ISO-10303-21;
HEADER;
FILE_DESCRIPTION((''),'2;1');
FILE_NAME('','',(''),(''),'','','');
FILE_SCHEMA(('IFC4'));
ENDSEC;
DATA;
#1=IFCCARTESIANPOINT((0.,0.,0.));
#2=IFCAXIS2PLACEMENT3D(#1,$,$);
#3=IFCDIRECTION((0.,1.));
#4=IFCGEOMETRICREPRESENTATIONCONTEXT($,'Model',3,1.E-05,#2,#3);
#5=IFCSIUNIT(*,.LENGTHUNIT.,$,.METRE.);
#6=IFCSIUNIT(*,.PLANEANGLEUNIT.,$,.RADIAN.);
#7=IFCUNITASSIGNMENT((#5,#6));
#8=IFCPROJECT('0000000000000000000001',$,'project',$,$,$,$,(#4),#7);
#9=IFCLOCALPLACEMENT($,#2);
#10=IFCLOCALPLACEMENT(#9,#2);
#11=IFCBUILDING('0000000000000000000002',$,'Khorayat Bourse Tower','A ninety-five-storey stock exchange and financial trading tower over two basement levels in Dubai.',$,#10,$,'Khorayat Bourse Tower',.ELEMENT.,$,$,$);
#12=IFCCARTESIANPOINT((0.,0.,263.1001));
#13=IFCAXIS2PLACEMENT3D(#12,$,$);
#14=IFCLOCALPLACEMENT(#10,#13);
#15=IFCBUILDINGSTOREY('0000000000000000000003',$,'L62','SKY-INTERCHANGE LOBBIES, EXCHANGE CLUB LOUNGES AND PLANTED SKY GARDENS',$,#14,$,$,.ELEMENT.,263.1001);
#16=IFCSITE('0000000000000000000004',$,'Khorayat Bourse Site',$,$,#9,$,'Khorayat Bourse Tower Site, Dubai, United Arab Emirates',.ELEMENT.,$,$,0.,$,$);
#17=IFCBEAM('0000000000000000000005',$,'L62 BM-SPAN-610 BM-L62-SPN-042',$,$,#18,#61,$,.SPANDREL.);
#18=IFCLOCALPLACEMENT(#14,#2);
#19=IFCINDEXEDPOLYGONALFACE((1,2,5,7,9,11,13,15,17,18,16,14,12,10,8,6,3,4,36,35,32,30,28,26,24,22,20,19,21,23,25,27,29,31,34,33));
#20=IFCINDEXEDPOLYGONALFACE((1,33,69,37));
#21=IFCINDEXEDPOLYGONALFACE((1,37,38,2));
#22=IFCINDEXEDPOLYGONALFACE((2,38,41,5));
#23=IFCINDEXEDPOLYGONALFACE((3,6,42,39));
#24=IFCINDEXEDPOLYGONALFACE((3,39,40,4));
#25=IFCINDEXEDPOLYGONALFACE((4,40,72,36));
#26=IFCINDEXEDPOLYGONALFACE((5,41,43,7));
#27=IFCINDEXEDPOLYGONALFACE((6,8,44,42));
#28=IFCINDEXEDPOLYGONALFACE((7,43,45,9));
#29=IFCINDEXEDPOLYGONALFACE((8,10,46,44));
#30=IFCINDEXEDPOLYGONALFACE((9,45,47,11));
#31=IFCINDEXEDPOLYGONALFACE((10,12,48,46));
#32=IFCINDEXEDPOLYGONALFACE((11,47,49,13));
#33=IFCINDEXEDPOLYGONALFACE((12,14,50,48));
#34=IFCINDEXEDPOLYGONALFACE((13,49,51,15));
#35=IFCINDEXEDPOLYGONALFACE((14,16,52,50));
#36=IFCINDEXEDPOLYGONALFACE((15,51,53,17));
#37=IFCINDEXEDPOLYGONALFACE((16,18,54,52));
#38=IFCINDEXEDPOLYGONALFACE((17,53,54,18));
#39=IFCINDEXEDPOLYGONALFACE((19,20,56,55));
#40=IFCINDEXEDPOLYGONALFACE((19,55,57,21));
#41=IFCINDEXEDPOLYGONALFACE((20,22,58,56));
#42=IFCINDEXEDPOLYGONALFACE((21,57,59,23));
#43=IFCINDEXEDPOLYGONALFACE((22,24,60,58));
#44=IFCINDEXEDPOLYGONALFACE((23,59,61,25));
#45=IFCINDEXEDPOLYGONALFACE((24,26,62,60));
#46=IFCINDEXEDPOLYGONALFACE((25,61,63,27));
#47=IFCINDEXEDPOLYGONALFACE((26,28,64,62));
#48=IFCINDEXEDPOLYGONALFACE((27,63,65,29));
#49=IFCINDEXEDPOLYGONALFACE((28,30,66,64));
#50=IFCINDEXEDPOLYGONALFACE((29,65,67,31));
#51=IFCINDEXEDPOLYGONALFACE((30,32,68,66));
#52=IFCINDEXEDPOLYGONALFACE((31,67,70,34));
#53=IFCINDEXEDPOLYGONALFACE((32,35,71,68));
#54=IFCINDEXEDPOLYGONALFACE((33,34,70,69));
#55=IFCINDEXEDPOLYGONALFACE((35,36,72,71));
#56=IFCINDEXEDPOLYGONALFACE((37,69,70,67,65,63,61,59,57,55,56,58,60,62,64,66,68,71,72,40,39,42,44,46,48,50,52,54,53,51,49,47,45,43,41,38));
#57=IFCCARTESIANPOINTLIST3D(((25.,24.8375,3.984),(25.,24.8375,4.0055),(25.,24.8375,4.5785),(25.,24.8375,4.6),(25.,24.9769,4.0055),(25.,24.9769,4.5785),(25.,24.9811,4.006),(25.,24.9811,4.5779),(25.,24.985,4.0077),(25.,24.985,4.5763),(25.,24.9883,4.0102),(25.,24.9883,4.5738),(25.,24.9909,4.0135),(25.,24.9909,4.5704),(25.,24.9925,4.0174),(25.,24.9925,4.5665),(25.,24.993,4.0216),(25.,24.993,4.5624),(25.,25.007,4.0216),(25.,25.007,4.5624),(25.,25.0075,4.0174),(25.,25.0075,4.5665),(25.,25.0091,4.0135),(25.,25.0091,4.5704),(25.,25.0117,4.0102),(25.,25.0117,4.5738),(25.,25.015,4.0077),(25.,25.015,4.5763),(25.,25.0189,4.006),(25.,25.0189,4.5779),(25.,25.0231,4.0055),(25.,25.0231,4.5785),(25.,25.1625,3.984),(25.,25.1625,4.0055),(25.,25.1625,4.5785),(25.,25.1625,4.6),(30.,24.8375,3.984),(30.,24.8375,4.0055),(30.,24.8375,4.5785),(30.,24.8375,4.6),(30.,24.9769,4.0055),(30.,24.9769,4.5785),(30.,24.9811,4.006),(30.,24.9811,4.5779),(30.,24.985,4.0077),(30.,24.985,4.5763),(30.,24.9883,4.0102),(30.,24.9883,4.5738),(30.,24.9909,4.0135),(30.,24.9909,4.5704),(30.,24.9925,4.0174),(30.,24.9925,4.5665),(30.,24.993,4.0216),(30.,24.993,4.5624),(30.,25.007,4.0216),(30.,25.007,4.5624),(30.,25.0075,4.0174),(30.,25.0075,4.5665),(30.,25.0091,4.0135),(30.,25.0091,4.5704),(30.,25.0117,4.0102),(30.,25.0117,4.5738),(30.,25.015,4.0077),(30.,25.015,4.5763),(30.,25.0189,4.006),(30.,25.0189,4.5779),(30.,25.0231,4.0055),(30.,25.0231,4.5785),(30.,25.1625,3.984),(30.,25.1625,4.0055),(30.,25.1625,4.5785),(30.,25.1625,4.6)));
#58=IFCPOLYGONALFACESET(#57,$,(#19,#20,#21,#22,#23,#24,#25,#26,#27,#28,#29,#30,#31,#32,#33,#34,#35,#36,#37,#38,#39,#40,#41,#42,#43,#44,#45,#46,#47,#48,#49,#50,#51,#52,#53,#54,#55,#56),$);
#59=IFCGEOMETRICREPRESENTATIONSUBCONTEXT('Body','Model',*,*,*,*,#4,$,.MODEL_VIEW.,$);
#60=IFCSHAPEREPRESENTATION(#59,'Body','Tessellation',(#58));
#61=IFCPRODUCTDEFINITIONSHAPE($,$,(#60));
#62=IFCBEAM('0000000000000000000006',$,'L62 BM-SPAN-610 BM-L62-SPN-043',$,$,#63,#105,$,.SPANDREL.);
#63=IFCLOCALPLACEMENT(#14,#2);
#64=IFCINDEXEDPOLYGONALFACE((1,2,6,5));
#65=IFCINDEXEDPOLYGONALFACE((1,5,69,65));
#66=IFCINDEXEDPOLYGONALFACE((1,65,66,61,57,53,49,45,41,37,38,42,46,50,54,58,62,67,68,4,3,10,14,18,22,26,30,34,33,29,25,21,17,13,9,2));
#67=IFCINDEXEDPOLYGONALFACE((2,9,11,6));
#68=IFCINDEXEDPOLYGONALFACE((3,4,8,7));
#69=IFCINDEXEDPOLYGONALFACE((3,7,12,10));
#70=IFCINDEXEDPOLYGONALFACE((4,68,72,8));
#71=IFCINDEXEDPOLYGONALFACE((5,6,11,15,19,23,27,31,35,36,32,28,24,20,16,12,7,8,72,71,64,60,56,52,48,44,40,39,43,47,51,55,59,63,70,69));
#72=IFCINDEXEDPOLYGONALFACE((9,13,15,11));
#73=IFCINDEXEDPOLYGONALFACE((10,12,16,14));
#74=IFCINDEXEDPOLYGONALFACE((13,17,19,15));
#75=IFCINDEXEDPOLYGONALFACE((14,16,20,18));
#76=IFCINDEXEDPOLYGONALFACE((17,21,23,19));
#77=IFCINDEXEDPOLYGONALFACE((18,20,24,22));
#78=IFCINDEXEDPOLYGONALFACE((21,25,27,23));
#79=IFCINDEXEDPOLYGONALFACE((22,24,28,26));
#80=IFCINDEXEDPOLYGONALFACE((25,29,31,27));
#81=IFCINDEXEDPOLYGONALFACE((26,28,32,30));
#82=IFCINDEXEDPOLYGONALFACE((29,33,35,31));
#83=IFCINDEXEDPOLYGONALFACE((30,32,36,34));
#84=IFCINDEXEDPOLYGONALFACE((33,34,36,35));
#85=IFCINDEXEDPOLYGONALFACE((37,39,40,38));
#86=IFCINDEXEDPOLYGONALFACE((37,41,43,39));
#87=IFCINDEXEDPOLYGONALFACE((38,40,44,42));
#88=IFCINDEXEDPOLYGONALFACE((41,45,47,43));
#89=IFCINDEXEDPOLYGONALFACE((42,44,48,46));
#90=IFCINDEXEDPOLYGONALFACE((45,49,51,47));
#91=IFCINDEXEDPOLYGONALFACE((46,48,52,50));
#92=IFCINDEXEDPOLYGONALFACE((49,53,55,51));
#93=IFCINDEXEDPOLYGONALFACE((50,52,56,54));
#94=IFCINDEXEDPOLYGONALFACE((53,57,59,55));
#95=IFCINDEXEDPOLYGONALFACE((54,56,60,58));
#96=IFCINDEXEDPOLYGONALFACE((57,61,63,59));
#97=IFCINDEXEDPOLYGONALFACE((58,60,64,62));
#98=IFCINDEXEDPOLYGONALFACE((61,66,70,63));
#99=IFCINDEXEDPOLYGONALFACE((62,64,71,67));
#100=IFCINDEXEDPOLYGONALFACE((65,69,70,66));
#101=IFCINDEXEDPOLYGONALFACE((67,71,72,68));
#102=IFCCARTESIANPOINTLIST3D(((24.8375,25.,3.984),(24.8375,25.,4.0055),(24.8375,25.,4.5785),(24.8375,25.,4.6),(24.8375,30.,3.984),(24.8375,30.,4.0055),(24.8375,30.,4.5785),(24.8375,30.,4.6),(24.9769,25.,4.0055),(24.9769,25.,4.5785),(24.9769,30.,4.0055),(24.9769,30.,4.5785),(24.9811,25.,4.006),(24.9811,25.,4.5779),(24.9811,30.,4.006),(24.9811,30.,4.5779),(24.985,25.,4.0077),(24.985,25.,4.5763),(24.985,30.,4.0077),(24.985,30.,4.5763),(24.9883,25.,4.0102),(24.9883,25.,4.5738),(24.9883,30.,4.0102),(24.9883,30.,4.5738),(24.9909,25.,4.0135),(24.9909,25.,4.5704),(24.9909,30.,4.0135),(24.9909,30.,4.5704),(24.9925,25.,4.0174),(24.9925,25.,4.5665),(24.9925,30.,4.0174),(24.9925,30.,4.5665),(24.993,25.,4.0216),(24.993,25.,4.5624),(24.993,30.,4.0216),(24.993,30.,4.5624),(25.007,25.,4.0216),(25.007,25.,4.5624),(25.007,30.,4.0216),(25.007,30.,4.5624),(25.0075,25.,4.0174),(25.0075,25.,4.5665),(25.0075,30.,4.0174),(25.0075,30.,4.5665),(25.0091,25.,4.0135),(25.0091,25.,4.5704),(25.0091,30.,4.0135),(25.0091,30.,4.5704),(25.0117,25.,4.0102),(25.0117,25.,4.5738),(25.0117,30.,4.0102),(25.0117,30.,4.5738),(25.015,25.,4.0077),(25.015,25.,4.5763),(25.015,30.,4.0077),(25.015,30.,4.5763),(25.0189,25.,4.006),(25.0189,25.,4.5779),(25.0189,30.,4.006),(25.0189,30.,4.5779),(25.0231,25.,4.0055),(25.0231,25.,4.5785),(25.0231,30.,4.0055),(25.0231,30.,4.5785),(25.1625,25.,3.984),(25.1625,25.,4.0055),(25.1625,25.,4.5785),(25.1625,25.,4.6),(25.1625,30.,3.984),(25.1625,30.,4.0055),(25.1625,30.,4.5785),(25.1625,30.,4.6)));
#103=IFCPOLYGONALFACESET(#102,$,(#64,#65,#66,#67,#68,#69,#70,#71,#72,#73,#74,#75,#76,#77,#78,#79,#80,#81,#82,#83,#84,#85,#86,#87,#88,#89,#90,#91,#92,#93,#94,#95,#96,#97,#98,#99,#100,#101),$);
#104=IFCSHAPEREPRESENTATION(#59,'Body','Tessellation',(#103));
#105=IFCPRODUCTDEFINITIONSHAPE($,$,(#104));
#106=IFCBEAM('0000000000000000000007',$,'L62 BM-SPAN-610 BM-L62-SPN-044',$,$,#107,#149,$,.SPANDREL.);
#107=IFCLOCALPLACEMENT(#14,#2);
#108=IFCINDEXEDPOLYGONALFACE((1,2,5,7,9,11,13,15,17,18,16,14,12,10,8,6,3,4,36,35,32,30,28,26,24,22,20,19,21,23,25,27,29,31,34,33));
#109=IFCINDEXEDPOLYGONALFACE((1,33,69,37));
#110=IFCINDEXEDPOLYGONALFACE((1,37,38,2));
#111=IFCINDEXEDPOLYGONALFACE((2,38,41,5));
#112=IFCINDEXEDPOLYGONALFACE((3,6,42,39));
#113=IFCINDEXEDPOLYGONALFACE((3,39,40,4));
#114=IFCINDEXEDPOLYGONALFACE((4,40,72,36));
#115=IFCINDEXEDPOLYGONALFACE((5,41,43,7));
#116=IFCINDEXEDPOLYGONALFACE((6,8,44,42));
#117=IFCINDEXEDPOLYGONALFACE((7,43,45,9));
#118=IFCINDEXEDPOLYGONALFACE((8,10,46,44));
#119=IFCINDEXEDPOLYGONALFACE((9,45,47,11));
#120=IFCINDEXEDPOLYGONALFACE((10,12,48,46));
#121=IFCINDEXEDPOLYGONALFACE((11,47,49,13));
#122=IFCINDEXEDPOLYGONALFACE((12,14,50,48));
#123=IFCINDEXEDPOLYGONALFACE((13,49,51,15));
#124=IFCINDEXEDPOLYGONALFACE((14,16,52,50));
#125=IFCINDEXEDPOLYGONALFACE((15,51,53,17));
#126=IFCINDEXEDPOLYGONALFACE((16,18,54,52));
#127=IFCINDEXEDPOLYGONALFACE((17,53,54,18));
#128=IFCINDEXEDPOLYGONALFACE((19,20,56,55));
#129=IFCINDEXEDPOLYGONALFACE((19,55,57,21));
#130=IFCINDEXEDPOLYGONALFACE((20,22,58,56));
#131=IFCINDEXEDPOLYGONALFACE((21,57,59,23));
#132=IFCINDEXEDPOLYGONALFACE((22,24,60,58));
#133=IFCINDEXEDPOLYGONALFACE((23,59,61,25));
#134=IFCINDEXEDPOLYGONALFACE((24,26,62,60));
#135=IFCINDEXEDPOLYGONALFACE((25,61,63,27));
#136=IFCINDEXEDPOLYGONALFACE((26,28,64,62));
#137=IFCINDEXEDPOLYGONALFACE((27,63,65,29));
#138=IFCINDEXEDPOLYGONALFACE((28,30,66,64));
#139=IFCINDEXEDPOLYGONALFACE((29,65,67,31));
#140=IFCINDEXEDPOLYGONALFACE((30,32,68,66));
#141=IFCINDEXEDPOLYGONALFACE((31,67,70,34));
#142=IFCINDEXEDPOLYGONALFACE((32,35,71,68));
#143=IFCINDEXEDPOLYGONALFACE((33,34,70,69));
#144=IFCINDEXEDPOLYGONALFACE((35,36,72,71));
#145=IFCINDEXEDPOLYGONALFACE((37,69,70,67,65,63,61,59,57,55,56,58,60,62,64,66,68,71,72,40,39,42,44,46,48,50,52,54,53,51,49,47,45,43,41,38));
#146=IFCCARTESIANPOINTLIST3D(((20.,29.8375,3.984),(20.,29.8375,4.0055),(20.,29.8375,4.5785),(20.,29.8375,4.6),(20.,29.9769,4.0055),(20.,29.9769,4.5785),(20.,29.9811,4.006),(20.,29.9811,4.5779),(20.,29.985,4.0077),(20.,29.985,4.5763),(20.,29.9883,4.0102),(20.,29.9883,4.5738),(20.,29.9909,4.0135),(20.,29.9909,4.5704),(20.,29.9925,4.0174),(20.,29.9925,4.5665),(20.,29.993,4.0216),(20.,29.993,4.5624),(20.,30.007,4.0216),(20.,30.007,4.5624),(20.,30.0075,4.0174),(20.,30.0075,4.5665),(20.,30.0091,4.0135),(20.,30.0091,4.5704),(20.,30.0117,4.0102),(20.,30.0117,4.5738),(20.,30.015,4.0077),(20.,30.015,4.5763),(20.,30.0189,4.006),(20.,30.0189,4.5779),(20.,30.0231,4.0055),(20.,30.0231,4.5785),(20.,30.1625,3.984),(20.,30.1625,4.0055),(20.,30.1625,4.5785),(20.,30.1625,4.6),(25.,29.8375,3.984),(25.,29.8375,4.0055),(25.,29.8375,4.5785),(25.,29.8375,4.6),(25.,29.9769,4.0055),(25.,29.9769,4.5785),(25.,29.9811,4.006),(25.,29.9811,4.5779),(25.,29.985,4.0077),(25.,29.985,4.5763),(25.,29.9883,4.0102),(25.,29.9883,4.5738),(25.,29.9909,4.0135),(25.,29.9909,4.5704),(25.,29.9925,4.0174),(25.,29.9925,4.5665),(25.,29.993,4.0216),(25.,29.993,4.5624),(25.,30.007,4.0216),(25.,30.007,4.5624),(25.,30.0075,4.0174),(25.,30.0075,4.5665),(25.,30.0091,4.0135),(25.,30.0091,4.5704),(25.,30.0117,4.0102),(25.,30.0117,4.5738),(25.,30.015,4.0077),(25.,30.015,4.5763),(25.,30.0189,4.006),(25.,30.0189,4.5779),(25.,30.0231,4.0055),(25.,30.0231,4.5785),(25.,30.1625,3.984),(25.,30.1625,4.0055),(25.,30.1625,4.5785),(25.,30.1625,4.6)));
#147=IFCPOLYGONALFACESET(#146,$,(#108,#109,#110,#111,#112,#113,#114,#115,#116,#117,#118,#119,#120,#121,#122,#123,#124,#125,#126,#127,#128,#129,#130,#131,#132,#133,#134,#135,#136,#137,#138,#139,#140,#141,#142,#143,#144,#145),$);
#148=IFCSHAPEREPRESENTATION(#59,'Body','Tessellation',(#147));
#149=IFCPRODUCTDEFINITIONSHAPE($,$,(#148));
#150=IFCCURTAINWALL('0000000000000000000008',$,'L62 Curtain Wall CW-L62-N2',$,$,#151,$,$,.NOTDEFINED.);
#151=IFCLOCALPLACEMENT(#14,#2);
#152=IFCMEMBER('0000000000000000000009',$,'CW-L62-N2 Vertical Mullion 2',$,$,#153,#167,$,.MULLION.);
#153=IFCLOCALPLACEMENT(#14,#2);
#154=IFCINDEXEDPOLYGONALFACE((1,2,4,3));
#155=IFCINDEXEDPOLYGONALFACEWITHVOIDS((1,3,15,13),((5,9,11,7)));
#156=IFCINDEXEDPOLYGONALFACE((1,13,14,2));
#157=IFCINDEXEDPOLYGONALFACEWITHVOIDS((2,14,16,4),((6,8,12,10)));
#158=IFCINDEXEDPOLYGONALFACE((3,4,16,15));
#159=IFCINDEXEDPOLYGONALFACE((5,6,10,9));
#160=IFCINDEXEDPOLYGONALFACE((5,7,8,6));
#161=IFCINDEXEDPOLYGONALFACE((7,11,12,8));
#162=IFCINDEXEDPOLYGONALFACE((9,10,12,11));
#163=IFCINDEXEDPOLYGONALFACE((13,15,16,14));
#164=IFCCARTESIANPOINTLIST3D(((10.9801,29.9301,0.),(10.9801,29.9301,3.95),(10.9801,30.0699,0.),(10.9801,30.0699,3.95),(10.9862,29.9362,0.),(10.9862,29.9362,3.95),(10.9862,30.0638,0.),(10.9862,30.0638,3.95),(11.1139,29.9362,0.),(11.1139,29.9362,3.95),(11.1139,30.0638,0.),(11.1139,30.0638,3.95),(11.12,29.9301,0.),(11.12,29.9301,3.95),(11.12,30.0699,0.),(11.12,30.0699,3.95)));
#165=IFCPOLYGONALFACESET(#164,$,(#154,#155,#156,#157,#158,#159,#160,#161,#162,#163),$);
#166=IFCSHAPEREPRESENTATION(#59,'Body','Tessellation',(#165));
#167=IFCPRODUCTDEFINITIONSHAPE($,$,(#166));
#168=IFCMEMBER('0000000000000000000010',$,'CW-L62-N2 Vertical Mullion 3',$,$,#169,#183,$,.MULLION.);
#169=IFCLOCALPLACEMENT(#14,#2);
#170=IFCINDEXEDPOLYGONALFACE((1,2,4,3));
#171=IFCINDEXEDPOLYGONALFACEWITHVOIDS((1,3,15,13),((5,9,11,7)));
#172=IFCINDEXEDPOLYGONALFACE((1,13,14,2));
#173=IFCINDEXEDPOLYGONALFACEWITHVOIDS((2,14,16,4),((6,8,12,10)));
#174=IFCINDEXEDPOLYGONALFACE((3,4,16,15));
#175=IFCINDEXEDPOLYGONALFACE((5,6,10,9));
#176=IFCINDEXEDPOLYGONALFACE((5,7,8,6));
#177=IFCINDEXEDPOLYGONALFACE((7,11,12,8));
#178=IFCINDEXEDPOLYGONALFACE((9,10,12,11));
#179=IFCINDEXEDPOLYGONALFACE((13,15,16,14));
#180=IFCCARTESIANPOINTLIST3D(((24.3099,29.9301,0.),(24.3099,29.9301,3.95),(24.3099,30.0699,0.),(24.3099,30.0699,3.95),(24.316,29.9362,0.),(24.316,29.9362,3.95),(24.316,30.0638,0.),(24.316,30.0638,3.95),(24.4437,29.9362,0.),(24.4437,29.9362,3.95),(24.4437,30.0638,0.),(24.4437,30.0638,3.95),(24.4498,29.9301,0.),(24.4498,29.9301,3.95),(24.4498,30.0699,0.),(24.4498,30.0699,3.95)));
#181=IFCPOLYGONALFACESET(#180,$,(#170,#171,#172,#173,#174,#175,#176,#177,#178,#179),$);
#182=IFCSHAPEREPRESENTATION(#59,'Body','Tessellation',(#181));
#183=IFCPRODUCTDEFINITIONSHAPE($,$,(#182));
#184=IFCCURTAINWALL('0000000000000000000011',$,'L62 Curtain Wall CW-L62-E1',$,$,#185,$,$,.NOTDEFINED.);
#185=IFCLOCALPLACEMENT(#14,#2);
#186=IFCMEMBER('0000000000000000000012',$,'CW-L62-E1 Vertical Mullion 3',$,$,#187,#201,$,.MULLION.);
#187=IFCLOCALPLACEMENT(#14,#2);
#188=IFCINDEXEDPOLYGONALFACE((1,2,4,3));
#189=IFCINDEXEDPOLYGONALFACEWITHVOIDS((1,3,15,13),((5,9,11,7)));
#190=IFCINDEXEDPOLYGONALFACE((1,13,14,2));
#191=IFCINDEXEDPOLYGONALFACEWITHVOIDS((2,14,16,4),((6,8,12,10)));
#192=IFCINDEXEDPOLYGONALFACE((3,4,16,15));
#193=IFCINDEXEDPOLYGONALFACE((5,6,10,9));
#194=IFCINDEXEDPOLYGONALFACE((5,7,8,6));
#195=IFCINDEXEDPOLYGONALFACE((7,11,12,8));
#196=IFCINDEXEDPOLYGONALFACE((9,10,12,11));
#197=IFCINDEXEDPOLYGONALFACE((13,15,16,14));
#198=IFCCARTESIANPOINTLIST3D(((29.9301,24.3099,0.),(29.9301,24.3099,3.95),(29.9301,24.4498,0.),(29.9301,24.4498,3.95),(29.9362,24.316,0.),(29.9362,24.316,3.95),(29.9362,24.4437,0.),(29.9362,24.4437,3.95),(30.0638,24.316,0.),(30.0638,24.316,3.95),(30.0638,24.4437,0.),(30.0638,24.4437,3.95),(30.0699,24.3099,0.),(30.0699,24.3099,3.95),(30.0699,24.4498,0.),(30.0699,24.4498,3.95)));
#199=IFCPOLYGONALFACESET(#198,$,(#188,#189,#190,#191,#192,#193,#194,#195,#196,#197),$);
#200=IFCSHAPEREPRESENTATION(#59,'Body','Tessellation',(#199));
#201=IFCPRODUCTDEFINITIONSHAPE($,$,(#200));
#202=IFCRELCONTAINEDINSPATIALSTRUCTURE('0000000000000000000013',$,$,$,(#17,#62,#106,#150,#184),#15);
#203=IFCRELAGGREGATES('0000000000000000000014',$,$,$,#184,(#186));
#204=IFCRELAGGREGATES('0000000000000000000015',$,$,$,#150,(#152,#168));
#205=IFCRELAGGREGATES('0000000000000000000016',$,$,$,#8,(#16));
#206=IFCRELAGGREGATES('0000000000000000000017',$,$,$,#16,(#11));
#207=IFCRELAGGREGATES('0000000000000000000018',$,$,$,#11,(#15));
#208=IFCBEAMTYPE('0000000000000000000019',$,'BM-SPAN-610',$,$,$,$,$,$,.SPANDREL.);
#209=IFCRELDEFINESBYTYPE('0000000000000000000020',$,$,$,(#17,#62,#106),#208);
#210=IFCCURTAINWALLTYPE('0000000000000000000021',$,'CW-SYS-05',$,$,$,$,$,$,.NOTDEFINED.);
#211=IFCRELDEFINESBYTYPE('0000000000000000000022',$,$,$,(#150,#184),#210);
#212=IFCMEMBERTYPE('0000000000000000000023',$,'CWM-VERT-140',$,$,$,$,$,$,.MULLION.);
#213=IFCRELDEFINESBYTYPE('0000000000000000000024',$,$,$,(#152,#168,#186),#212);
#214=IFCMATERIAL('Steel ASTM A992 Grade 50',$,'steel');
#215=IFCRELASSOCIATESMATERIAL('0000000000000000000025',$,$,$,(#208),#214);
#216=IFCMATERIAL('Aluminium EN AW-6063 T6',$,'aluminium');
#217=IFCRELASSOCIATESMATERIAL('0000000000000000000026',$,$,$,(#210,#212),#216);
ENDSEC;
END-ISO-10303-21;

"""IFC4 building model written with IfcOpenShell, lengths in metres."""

from ifc_helpers import new_model, si_unit, direction, frame, origin, origin_2d, place, context, subcontext, project, spatial, hollow_rectangle, i_section, extrude, source, transform, mapped, material, material_profile, profile_set, type_object, element, aggregate, save


model = new_model("IFC4")

# Units and contexts
model_context = context("Model", 3, precision=1e-05, world=origin(), true_north=direction((0.0, 1.0)))
body_context = subcontext(model_context, "Body", "Model", "MODEL_VIEW")
ifc_project = project(units=[si_unit("LENGTHUNIT", "METRE"), si_unit("PLANEANGLEUNIT", "RADIAN")], contexts=[model_context])

# Site, building, storey
site_placement = place(None, origin())
site = spatial("IfcSite", under=ifc_project, at=site_placement, Name="Khorayat Bourse Site", LongName="Khorayat Bourse Tower Site, Dubai, United Arab Emirates", CompositionType="ELEMENT", RefElevation=0.0)
building_placement = place(site_placement, origin())
building = spatial("IfcBuilding", under=site, at=building_placement, Name="Khorayat Bourse Tower", Description="A ninety-five-storey stock exchange and financial trading tower over two basement levels in Dubai.", LongName="Khorayat Bourse Tower", CompositionType="ELEMENT")
storey_placement = place(building_placement, frame((0.0, 0.0, 263.1001)))
storey = spatial("IfcBuildingStorey", under=building, at=storey_placement, Name="L62", Description="SKY-INTERCHANGE LOBBIES, EXCHANGE CLUB LOUNGES AND PLANTED SKY GARDENS", CompositionType="ELEMENT", Elevation=263.1001)

# Beams
ifc_material_1 = material(Name="Steel ASTM A992 Grade 50", Category="steel")
ifc_material_profile_1 = material_profile(ifc_material_1, i_section(OverallWidth=0.325, OverallDepth=0.616, WebThickness=0.0139, FlangeThickness=0.0215, FilletRadius=0.0161, at=origin_2d()), Name="W610X174")
ifc_profile_set_1 = profile_set([ifc_material_profile_1], Name="Steel ASTM A992 Grade 50")
beam_type = type_object("IfcBeamType", Name="BM-SPAN-610", PredefinedType="SPANDREL", material=ifc_profile_set_1)
shared_shape_1 = source(origin(), body_context, "Body", "SweptSolid", [
    extrude(i_section(OverallWidth=0.325, OverallDepth=0.616, WebThickness=0.0139, FlangeThickness=0.0215, FilletRadius=0.0161, at=origin_2d()), origin(), (0.0, 0.0, 1.0), 5.0),
])
for number, where, z_axis, x_axis, name in (
    (1, (25.0, 25.0, 4.292), (1.0, 0.0, 0.0), (0.0, 1.0, 0.0), "L62 BM-SPAN-610 BM-L62-SPN-042"),
    (2, (25.0, 25.0, 4.292), (0.0, 1.0, 0.0), (-1.0, 0.0, 0.0), "L62 BM-SPAN-610 BM-L62-SPN-043"),
    (3, (20.0, 30.0, 4.292), (1.0, 0.0, 0.0), (0.0, 1.0, 0.0), "L62 BM-SPAN-610 BM-L62-SPN-044"),
):
    element("IfcBeam", number, at=place(storey_placement, frame(where, z_axis=z_axis, x_axis=x_axis)), inside=storey, type_object=beam_type, Name=name, PredefinedType="SPANDREL", context=body_context, shape_type="MappedRepresentation", body=[
        mapped(shared_shape_1, transform((0.0, 0.0, 0.0), scale=1.0)),
    ])

# Curtain wall, members
ifc_material_2 = material(Name="Aluminium EN AW-6063 T6", Category="aluminium")
curtain_wall_type = type_object("IfcCurtainWallType", Name="CW-SYS-05", PredefinedType="NOTDEFINED", material=ifc_material_2)
curtain_wall_1_placement = place(storey_placement, origin())
curtain_wall_1 = element("IfcCurtainWall", 4, at=curtain_wall_1_placement, inside=storey, type_object=curtain_wall_type, Name="L62 Curtain Wall CW-L62-N2", PredefinedType="NOTDEFINED")
ifc_material_profile_2 = material_profile(ifc_material_2, hollow_rectangle(XDim=0.1399, YDim=0.1399, WallThickness=0.0061, at=origin_2d()), Name="ALU 140x140x6")
ifc_profile_set_2 = profile_set([ifc_material_profile_2], Name="Aluminium EN AW-6063 T6")
member_type_1 = type_object("IfcMemberType", Name="CWM-VERT-140", PredefinedType="MULLION", material=ifc_profile_set_2)
shared_shape_2 = source(origin(), body_context, "Body", "SweptSolid", [
    extrude(hollow_rectangle(XDim=0.1399, YDim=0.1399, WallThickness=0.0061, at=origin_2d()), origin(), (0.0, 0.0, 1.0), 3.95),
])
member_1_placement = place(storey_placement, frame((11.05, 30.0, 0.0), z_axis=(0.0, 0.0, 1.0), x_axis=(0.0, 1.0, 0.0)))
member_1 = element("IfcMember", 5, at=member_1_placement, type_object=member_type_1, Name="CW-L62-N2 Vertical Mullion 2", PredefinedType="MULLION", context=body_context, shape_type="MappedRepresentation", body=[
    mapped(shared_shape_2, transform((0.0, 0.0, 0.0), scale=1.0)),
])
member_2_placement = place(storey_placement, frame((24.3799, 30.0, 0.0), z_axis=(0.0, 0.0, 1.0), x_axis=(0.0, 1.0, 0.0)))
member_2 = element("IfcMember", 6, at=member_2_placement, type_object=member_type_1, Name="CW-L62-N2 Vertical Mullion 3", PredefinedType="MULLION", context=body_context, shape_type="MappedRepresentation", body=[
    mapped(shared_shape_2, transform((0.0, 0.0, 0.0), scale=1.0)),
])

# Curtain wall, member
curtain_wall_2_placement = place(storey_placement, origin())
curtain_wall_2 = element("IfcCurtainWall", 7, at=curtain_wall_2_placement, inside=storey, type_object=curtain_wall_type, Name="L62 Curtain Wall CW-L62-E1", PredefinedType="NOTDEFINED")
member_3_placement = place(storey_placement, frame((30.0, 24.3799, 0.0), z_axis=(0.0, 0.0, 1.0), x_axis=(-1.0, 0.0, 0.0)))
member_3 = element("IfcMember", 8, at=member_3_placement, type_object=member_type_1, Name="CW-L62-E1 Vertical Mullion 3", PredefinedType="MULLION", context=body_context, shape_type="MappedRepresentation", body=[
    mapped(shared_shape_2, transform((0.0, 0.0, 0.0), scale=1.0)),
])
aggregate(curtain_wall_2, [member_3])

aggregate(curtain_wall_1, [member_1, member_2])

save(model, "model.ifc")
